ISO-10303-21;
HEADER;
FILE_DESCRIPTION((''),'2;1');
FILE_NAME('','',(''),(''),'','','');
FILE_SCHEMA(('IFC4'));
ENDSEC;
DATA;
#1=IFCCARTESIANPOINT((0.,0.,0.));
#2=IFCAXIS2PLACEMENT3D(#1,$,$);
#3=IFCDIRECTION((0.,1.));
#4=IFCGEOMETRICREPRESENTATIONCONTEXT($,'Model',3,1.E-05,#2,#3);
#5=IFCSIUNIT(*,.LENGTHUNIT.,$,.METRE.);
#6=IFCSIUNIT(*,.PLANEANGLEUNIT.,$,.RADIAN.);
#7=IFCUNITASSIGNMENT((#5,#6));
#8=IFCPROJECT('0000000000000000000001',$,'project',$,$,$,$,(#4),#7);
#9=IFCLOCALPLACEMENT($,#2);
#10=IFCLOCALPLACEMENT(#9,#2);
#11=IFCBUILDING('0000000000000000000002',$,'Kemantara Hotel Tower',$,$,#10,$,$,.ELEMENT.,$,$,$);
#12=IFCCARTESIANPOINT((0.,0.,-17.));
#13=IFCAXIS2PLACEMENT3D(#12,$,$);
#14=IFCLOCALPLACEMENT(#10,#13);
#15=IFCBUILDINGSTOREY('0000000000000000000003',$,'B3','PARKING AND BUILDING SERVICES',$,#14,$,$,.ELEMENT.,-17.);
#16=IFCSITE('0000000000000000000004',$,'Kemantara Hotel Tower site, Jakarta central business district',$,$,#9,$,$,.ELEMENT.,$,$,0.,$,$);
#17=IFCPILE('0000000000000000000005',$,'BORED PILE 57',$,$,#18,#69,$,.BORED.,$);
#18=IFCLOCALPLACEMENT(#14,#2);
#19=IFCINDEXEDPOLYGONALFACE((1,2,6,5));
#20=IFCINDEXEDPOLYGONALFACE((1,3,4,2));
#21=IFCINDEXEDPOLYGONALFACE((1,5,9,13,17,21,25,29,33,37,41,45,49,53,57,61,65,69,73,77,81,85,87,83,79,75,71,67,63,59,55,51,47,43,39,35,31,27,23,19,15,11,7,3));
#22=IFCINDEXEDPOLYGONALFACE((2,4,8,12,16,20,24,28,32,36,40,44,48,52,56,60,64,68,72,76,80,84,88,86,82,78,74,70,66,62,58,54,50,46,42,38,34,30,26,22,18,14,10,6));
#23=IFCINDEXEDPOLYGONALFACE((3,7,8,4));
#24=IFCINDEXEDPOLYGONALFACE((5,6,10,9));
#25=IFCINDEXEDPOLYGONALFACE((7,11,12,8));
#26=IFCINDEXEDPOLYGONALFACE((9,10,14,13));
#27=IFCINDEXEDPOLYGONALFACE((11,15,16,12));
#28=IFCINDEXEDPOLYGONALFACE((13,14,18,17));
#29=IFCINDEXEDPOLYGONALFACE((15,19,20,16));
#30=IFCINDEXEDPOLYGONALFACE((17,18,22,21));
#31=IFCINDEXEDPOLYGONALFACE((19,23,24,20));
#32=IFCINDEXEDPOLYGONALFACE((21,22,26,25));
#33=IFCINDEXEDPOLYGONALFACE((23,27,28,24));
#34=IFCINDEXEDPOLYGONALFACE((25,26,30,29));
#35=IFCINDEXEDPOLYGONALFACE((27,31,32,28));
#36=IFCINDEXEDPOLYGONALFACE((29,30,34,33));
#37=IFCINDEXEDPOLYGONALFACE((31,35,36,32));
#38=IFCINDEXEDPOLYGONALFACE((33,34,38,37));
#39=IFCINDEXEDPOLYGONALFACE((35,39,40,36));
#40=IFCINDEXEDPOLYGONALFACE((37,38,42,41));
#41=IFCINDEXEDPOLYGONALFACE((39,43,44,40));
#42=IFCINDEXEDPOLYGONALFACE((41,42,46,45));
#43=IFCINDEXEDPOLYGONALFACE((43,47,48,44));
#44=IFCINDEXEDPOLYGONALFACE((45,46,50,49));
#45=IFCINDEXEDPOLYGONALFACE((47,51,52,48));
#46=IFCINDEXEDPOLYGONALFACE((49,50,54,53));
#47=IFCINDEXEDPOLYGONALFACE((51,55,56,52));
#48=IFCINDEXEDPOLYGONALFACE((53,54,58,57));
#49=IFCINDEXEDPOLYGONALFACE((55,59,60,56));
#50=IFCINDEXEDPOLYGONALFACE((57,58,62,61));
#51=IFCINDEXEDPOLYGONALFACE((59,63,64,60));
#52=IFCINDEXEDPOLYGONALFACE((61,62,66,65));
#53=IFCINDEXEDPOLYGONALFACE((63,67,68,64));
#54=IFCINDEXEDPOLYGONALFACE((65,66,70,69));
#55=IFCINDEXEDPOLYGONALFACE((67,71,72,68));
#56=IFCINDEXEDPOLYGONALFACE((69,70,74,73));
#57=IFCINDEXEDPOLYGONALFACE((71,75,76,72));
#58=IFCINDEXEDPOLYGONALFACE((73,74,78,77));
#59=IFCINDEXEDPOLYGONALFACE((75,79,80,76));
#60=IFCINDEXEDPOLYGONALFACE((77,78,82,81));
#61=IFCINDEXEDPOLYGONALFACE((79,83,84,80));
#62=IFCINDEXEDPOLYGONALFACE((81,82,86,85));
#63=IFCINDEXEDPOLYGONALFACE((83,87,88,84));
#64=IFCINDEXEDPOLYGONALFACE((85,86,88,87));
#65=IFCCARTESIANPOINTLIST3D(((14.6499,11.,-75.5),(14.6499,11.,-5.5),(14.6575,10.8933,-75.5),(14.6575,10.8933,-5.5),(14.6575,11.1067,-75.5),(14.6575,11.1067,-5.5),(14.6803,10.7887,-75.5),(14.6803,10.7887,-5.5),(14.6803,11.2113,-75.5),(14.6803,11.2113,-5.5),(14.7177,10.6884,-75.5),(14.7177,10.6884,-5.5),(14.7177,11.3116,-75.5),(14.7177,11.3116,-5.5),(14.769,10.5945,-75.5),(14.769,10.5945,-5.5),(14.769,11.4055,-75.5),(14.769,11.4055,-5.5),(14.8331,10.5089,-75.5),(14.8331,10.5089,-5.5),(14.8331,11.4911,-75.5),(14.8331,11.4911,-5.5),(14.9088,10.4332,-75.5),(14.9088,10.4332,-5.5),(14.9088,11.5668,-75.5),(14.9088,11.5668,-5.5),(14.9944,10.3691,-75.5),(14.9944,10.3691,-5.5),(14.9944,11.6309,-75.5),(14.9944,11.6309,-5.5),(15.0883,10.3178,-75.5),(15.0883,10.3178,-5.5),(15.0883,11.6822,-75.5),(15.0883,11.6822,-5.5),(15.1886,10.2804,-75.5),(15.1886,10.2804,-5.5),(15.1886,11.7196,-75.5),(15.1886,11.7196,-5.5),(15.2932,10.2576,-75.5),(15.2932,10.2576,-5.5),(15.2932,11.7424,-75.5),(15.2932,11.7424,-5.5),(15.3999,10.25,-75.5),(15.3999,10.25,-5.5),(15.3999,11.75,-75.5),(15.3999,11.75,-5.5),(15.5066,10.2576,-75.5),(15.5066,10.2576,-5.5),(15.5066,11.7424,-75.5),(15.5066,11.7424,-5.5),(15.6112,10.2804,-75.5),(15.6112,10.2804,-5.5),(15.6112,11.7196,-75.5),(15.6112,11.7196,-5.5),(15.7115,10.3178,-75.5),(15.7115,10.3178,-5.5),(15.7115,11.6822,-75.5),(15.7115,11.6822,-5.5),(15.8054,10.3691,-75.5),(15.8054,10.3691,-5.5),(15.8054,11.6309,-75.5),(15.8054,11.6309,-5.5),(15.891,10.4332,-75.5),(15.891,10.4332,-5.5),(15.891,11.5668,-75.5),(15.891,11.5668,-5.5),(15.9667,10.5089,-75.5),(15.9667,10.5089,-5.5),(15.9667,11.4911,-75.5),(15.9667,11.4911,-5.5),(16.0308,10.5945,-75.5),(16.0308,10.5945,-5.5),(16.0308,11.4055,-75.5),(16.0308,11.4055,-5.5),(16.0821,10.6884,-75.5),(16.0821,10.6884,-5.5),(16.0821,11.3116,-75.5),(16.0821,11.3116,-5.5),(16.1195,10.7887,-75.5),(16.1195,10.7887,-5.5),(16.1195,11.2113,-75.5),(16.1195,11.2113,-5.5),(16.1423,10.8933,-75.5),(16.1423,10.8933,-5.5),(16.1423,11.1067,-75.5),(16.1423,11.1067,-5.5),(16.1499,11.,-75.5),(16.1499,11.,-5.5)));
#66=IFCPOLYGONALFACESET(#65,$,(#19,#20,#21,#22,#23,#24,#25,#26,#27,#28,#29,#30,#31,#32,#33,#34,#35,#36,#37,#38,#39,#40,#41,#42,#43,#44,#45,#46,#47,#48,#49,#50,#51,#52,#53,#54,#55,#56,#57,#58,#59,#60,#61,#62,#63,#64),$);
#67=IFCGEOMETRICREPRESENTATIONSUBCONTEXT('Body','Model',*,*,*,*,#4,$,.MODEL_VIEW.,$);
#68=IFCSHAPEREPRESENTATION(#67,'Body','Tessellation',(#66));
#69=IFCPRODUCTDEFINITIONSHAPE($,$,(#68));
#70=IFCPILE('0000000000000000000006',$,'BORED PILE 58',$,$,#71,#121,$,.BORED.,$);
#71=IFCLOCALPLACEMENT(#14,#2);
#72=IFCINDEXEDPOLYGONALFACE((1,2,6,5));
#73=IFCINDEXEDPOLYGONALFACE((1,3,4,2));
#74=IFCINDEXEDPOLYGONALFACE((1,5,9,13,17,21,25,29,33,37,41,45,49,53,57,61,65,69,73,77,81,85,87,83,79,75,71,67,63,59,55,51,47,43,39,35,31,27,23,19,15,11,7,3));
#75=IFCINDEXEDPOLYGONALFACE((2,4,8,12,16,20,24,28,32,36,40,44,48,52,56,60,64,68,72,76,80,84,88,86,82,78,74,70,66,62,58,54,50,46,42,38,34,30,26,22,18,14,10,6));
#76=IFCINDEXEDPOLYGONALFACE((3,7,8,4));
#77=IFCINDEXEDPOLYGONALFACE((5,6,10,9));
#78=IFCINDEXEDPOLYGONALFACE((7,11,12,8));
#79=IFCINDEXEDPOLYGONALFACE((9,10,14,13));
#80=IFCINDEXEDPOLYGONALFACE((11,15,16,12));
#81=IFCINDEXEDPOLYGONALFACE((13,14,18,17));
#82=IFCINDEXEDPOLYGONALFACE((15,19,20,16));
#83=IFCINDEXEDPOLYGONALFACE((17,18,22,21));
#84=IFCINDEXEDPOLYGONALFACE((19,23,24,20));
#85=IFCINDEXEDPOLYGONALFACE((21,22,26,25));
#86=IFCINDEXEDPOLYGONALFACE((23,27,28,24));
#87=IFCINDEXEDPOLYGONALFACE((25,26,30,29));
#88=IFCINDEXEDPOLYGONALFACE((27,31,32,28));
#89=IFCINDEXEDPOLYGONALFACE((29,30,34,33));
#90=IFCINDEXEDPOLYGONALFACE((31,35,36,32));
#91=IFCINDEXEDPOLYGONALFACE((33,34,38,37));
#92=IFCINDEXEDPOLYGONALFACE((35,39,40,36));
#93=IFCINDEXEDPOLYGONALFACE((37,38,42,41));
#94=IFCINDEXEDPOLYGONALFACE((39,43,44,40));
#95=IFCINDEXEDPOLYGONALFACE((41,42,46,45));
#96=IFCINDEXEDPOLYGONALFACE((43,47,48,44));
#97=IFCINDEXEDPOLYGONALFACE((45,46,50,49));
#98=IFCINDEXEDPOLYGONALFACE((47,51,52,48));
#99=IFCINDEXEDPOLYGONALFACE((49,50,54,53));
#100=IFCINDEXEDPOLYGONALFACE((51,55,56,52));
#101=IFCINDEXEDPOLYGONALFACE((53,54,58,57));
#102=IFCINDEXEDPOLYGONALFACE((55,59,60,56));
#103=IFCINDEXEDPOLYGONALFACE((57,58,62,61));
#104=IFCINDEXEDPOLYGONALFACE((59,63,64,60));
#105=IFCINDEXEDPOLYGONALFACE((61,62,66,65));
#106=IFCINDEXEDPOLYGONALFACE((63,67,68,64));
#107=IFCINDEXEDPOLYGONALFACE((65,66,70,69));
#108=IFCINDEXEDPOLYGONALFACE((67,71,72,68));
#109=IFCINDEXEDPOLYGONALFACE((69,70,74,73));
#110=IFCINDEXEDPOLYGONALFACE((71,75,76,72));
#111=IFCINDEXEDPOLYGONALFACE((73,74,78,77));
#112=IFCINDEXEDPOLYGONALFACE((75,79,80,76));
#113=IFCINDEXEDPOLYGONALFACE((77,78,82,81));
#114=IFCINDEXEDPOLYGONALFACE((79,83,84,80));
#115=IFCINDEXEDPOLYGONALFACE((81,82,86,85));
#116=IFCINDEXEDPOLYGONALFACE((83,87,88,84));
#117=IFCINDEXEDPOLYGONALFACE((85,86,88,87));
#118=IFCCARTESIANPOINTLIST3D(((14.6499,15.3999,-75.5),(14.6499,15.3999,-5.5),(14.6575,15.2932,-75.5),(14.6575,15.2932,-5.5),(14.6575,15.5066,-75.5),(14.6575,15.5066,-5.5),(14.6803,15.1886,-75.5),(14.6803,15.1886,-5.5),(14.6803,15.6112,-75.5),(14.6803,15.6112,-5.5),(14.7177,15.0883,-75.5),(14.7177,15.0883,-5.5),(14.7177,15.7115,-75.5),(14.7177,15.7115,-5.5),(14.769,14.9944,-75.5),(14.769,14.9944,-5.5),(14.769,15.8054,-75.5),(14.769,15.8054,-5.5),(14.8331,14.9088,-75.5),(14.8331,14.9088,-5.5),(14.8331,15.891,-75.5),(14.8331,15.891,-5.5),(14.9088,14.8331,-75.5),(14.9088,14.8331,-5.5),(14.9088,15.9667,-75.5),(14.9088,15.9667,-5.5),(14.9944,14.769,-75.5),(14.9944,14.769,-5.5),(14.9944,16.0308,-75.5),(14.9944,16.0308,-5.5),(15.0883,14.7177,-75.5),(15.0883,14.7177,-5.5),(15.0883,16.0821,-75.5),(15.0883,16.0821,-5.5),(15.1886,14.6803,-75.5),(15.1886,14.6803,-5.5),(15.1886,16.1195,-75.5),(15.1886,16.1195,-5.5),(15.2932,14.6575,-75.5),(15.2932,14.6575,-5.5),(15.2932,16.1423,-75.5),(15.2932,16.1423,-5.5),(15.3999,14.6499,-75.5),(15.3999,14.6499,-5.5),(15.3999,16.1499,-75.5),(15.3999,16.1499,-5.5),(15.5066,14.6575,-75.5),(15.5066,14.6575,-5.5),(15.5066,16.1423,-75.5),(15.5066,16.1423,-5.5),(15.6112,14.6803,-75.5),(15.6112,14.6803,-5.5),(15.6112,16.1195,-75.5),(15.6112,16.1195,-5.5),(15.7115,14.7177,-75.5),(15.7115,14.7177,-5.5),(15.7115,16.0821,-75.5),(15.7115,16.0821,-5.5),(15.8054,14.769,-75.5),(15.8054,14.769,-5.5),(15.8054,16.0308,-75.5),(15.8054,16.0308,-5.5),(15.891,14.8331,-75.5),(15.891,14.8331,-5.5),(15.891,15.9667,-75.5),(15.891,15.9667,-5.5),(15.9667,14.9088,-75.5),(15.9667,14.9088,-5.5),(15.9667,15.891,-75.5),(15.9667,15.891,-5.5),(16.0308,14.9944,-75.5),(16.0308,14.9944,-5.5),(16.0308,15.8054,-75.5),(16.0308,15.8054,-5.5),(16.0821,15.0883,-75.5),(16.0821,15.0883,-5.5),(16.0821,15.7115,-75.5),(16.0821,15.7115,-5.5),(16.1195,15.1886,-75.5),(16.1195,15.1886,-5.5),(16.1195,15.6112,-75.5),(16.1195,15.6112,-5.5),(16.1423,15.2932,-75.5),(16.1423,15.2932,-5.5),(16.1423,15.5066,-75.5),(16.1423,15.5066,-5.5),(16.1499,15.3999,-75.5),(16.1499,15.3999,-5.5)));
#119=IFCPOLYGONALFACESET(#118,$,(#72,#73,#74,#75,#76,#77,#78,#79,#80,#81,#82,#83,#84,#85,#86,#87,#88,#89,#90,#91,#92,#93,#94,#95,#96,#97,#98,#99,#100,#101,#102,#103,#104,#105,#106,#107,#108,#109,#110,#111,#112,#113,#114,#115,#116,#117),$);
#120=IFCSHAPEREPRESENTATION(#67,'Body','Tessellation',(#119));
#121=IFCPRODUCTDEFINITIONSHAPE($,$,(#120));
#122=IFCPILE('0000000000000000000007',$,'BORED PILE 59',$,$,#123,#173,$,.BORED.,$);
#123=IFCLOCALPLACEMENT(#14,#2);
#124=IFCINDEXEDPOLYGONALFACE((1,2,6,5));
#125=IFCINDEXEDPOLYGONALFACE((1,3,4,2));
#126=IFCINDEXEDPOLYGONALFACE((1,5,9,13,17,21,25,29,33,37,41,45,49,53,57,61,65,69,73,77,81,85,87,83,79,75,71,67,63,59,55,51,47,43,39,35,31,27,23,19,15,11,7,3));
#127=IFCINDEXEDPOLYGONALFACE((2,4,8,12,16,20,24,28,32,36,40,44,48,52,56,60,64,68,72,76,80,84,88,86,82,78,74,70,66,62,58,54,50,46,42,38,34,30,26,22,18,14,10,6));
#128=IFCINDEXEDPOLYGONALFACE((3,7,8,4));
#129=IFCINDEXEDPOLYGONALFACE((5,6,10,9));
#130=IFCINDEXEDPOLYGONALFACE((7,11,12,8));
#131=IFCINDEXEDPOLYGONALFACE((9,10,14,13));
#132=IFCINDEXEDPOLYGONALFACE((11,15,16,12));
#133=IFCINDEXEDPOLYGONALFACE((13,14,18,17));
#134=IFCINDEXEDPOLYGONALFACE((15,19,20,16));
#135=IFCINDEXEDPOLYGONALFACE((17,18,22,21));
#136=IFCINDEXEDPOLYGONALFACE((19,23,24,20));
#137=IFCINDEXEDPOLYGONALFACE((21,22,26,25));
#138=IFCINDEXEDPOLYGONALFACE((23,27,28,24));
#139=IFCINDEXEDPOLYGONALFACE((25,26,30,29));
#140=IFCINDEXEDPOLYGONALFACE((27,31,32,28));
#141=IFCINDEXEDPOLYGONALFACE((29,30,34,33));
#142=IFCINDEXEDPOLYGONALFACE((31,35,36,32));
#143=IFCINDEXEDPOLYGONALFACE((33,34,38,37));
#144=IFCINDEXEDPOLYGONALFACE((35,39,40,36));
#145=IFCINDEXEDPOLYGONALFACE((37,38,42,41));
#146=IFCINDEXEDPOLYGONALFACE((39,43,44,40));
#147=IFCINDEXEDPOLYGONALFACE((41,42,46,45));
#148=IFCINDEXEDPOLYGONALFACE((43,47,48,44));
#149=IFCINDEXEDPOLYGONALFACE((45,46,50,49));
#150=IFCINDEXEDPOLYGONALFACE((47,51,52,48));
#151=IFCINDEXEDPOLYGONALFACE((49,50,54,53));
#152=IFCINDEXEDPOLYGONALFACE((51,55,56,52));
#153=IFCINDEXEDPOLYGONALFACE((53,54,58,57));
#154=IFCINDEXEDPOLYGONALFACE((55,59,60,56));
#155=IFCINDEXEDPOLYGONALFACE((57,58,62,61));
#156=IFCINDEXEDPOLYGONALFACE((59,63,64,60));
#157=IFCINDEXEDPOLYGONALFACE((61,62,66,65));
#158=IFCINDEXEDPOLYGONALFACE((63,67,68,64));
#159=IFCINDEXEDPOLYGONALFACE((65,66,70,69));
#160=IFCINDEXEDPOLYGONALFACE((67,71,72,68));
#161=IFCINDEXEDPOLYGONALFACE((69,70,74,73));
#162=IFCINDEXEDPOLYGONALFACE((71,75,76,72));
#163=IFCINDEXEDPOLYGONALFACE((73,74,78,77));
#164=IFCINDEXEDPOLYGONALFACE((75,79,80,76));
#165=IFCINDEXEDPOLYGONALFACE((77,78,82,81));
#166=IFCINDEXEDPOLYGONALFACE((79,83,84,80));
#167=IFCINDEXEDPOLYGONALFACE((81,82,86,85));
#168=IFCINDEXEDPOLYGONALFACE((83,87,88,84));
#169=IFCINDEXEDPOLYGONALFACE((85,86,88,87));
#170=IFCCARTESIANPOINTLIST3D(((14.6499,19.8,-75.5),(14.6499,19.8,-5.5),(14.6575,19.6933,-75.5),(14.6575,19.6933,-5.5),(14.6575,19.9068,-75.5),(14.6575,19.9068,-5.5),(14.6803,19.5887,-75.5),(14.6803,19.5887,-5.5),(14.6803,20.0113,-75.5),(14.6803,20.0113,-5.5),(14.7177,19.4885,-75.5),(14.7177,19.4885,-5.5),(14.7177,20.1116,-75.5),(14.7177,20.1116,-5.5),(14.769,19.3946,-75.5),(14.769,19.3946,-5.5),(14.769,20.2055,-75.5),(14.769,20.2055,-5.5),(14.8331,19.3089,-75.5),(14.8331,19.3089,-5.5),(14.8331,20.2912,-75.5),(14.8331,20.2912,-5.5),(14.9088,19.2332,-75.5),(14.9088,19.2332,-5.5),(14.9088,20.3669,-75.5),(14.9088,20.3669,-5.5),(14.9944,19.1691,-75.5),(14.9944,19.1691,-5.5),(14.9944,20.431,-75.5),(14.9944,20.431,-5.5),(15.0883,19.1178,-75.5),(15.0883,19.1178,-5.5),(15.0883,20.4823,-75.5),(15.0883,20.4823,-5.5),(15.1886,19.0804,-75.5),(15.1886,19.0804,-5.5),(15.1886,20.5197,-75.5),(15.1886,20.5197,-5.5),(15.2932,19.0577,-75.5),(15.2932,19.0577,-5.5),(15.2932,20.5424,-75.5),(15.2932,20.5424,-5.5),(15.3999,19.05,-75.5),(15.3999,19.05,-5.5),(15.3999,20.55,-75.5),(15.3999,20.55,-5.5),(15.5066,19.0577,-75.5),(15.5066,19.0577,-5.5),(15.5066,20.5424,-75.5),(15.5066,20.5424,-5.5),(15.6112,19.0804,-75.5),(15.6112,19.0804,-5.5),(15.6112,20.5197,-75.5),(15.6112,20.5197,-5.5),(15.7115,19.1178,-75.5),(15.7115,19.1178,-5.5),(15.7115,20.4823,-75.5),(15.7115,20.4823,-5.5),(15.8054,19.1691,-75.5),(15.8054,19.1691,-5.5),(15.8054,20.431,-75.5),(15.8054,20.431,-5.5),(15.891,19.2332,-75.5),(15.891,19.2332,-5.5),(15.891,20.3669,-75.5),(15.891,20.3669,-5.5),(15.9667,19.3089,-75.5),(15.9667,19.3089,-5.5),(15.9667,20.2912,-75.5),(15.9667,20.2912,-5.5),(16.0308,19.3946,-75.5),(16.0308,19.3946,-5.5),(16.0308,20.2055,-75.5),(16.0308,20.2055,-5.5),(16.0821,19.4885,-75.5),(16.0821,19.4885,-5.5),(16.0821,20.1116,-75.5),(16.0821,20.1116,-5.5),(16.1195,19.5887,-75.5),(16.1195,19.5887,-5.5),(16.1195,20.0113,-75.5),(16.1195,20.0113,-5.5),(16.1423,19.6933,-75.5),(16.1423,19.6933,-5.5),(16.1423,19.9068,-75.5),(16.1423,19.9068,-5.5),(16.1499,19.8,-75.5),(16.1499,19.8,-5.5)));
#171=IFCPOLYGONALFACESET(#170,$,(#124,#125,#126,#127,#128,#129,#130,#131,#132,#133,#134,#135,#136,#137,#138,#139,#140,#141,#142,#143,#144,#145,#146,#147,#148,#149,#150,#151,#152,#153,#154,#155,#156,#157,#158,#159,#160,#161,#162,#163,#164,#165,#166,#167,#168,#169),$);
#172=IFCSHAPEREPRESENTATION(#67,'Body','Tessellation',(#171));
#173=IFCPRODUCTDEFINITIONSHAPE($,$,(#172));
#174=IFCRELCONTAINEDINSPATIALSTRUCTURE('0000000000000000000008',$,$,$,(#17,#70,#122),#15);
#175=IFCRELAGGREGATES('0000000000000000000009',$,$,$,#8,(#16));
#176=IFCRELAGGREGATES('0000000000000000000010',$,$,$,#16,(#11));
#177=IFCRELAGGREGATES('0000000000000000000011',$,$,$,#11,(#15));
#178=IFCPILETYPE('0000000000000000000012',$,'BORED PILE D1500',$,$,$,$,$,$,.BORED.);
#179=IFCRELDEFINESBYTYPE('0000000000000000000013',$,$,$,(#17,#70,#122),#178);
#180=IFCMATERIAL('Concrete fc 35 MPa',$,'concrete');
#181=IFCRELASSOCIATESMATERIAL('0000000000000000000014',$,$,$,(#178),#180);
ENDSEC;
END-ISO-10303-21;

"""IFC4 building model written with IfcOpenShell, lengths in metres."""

from ifc_helpers import new_model, si_unit, direction, frame, origin, origin_2d, place, context, subcontext, project, spatial, circle, extrude, material, material_profile, profile_set, type_object, element, save


model = new_model("IFC4")

# Units and contexts
model_context = context("Model", 3, precision=1e-05, world=origin(), true_north=direction((0.0, 1.0)))
body_context = subcontext(model_context, "Body", "Model", "MODEL_VIEW")
ifc_project = project(units=[si_unit("LENGTHUNIT", "METRE"), si_unit("PLANEANGLEUNIT", "RADIAN")], contexts=[model_context])

# Site, building, storey
site_placement = place(None, origin())
site = spatial("IfcSite", under=ifc_project, at=site_placement, Name="Kemantara Hotel Tower site, Jakarta central business district", CompositionType="ELEMENT", RefElevation=0.0)
building_placement = place(site_placement, origin())
building = spatial("IfcBuilding", under=site, at=building_placement, Name="Kemantara Hotel Tower", CompositionType="ELEMENT")
storey_placement = place(building_placement, frame((0.0, 0.0, -17.0)))
storey = spatial("IfcBuildingStorey", under=building, at=storey_placement, Name="B3", Description="PARKING AND BUILDING SERVICES", CompositionType="ELEMENT", Elevation=-17.0)

# Piles
ifc_material_1 = material(Name="Concrete fc 35 MPa", Category="concrete")
ifc_material_profile_1 = material_profile(ifc_material_1, circle(Radius=0.75, at=origin_2d()), Name="BORED PILE D1500")
ifc_profile_set_1 = profile_set([ifc_material_profile_1], Name="Concrete fc 35 MPa")
pile_type = type_object("IfcPileType", Name="BORED PILE D1500", PredefinedType="BORED", material=ifc_profile_set_1)
for number, where, z_axis, x_axis, name in (
    (1, (15.3999, 11.0, -5.5), (0.0, 0.0, -1.0), (1.0, 0.0, 0.0), "BORED PILE 57"),
    (2, (15.3999, 15.3999, -5.5), (0.0, 0.0, -1.0), (1.0, 0.0, 0.0), "BORED PILE 58"),
    (3, (15.3999, 19.8, -5.5), (0.0, 0.0, -1.0), (1.0, 0.0, 0.0), "BORED PILE 59"),
):
    element("IfcPile", number, at=place(storey_placement, frame(where, z_axis=z_axis, x_axis=x_axis)), inside=storey, type_object=pile_type, Name=name, PredefinedType="BORED", context=body_context, shape_type="SweptSolid", body=[
        extrude(circle(Radius=0.75, at=origin_2d()), origin(), (0.0, 0.0, 1.0), 70.0),
    ])

save(model, "model.ifc")
